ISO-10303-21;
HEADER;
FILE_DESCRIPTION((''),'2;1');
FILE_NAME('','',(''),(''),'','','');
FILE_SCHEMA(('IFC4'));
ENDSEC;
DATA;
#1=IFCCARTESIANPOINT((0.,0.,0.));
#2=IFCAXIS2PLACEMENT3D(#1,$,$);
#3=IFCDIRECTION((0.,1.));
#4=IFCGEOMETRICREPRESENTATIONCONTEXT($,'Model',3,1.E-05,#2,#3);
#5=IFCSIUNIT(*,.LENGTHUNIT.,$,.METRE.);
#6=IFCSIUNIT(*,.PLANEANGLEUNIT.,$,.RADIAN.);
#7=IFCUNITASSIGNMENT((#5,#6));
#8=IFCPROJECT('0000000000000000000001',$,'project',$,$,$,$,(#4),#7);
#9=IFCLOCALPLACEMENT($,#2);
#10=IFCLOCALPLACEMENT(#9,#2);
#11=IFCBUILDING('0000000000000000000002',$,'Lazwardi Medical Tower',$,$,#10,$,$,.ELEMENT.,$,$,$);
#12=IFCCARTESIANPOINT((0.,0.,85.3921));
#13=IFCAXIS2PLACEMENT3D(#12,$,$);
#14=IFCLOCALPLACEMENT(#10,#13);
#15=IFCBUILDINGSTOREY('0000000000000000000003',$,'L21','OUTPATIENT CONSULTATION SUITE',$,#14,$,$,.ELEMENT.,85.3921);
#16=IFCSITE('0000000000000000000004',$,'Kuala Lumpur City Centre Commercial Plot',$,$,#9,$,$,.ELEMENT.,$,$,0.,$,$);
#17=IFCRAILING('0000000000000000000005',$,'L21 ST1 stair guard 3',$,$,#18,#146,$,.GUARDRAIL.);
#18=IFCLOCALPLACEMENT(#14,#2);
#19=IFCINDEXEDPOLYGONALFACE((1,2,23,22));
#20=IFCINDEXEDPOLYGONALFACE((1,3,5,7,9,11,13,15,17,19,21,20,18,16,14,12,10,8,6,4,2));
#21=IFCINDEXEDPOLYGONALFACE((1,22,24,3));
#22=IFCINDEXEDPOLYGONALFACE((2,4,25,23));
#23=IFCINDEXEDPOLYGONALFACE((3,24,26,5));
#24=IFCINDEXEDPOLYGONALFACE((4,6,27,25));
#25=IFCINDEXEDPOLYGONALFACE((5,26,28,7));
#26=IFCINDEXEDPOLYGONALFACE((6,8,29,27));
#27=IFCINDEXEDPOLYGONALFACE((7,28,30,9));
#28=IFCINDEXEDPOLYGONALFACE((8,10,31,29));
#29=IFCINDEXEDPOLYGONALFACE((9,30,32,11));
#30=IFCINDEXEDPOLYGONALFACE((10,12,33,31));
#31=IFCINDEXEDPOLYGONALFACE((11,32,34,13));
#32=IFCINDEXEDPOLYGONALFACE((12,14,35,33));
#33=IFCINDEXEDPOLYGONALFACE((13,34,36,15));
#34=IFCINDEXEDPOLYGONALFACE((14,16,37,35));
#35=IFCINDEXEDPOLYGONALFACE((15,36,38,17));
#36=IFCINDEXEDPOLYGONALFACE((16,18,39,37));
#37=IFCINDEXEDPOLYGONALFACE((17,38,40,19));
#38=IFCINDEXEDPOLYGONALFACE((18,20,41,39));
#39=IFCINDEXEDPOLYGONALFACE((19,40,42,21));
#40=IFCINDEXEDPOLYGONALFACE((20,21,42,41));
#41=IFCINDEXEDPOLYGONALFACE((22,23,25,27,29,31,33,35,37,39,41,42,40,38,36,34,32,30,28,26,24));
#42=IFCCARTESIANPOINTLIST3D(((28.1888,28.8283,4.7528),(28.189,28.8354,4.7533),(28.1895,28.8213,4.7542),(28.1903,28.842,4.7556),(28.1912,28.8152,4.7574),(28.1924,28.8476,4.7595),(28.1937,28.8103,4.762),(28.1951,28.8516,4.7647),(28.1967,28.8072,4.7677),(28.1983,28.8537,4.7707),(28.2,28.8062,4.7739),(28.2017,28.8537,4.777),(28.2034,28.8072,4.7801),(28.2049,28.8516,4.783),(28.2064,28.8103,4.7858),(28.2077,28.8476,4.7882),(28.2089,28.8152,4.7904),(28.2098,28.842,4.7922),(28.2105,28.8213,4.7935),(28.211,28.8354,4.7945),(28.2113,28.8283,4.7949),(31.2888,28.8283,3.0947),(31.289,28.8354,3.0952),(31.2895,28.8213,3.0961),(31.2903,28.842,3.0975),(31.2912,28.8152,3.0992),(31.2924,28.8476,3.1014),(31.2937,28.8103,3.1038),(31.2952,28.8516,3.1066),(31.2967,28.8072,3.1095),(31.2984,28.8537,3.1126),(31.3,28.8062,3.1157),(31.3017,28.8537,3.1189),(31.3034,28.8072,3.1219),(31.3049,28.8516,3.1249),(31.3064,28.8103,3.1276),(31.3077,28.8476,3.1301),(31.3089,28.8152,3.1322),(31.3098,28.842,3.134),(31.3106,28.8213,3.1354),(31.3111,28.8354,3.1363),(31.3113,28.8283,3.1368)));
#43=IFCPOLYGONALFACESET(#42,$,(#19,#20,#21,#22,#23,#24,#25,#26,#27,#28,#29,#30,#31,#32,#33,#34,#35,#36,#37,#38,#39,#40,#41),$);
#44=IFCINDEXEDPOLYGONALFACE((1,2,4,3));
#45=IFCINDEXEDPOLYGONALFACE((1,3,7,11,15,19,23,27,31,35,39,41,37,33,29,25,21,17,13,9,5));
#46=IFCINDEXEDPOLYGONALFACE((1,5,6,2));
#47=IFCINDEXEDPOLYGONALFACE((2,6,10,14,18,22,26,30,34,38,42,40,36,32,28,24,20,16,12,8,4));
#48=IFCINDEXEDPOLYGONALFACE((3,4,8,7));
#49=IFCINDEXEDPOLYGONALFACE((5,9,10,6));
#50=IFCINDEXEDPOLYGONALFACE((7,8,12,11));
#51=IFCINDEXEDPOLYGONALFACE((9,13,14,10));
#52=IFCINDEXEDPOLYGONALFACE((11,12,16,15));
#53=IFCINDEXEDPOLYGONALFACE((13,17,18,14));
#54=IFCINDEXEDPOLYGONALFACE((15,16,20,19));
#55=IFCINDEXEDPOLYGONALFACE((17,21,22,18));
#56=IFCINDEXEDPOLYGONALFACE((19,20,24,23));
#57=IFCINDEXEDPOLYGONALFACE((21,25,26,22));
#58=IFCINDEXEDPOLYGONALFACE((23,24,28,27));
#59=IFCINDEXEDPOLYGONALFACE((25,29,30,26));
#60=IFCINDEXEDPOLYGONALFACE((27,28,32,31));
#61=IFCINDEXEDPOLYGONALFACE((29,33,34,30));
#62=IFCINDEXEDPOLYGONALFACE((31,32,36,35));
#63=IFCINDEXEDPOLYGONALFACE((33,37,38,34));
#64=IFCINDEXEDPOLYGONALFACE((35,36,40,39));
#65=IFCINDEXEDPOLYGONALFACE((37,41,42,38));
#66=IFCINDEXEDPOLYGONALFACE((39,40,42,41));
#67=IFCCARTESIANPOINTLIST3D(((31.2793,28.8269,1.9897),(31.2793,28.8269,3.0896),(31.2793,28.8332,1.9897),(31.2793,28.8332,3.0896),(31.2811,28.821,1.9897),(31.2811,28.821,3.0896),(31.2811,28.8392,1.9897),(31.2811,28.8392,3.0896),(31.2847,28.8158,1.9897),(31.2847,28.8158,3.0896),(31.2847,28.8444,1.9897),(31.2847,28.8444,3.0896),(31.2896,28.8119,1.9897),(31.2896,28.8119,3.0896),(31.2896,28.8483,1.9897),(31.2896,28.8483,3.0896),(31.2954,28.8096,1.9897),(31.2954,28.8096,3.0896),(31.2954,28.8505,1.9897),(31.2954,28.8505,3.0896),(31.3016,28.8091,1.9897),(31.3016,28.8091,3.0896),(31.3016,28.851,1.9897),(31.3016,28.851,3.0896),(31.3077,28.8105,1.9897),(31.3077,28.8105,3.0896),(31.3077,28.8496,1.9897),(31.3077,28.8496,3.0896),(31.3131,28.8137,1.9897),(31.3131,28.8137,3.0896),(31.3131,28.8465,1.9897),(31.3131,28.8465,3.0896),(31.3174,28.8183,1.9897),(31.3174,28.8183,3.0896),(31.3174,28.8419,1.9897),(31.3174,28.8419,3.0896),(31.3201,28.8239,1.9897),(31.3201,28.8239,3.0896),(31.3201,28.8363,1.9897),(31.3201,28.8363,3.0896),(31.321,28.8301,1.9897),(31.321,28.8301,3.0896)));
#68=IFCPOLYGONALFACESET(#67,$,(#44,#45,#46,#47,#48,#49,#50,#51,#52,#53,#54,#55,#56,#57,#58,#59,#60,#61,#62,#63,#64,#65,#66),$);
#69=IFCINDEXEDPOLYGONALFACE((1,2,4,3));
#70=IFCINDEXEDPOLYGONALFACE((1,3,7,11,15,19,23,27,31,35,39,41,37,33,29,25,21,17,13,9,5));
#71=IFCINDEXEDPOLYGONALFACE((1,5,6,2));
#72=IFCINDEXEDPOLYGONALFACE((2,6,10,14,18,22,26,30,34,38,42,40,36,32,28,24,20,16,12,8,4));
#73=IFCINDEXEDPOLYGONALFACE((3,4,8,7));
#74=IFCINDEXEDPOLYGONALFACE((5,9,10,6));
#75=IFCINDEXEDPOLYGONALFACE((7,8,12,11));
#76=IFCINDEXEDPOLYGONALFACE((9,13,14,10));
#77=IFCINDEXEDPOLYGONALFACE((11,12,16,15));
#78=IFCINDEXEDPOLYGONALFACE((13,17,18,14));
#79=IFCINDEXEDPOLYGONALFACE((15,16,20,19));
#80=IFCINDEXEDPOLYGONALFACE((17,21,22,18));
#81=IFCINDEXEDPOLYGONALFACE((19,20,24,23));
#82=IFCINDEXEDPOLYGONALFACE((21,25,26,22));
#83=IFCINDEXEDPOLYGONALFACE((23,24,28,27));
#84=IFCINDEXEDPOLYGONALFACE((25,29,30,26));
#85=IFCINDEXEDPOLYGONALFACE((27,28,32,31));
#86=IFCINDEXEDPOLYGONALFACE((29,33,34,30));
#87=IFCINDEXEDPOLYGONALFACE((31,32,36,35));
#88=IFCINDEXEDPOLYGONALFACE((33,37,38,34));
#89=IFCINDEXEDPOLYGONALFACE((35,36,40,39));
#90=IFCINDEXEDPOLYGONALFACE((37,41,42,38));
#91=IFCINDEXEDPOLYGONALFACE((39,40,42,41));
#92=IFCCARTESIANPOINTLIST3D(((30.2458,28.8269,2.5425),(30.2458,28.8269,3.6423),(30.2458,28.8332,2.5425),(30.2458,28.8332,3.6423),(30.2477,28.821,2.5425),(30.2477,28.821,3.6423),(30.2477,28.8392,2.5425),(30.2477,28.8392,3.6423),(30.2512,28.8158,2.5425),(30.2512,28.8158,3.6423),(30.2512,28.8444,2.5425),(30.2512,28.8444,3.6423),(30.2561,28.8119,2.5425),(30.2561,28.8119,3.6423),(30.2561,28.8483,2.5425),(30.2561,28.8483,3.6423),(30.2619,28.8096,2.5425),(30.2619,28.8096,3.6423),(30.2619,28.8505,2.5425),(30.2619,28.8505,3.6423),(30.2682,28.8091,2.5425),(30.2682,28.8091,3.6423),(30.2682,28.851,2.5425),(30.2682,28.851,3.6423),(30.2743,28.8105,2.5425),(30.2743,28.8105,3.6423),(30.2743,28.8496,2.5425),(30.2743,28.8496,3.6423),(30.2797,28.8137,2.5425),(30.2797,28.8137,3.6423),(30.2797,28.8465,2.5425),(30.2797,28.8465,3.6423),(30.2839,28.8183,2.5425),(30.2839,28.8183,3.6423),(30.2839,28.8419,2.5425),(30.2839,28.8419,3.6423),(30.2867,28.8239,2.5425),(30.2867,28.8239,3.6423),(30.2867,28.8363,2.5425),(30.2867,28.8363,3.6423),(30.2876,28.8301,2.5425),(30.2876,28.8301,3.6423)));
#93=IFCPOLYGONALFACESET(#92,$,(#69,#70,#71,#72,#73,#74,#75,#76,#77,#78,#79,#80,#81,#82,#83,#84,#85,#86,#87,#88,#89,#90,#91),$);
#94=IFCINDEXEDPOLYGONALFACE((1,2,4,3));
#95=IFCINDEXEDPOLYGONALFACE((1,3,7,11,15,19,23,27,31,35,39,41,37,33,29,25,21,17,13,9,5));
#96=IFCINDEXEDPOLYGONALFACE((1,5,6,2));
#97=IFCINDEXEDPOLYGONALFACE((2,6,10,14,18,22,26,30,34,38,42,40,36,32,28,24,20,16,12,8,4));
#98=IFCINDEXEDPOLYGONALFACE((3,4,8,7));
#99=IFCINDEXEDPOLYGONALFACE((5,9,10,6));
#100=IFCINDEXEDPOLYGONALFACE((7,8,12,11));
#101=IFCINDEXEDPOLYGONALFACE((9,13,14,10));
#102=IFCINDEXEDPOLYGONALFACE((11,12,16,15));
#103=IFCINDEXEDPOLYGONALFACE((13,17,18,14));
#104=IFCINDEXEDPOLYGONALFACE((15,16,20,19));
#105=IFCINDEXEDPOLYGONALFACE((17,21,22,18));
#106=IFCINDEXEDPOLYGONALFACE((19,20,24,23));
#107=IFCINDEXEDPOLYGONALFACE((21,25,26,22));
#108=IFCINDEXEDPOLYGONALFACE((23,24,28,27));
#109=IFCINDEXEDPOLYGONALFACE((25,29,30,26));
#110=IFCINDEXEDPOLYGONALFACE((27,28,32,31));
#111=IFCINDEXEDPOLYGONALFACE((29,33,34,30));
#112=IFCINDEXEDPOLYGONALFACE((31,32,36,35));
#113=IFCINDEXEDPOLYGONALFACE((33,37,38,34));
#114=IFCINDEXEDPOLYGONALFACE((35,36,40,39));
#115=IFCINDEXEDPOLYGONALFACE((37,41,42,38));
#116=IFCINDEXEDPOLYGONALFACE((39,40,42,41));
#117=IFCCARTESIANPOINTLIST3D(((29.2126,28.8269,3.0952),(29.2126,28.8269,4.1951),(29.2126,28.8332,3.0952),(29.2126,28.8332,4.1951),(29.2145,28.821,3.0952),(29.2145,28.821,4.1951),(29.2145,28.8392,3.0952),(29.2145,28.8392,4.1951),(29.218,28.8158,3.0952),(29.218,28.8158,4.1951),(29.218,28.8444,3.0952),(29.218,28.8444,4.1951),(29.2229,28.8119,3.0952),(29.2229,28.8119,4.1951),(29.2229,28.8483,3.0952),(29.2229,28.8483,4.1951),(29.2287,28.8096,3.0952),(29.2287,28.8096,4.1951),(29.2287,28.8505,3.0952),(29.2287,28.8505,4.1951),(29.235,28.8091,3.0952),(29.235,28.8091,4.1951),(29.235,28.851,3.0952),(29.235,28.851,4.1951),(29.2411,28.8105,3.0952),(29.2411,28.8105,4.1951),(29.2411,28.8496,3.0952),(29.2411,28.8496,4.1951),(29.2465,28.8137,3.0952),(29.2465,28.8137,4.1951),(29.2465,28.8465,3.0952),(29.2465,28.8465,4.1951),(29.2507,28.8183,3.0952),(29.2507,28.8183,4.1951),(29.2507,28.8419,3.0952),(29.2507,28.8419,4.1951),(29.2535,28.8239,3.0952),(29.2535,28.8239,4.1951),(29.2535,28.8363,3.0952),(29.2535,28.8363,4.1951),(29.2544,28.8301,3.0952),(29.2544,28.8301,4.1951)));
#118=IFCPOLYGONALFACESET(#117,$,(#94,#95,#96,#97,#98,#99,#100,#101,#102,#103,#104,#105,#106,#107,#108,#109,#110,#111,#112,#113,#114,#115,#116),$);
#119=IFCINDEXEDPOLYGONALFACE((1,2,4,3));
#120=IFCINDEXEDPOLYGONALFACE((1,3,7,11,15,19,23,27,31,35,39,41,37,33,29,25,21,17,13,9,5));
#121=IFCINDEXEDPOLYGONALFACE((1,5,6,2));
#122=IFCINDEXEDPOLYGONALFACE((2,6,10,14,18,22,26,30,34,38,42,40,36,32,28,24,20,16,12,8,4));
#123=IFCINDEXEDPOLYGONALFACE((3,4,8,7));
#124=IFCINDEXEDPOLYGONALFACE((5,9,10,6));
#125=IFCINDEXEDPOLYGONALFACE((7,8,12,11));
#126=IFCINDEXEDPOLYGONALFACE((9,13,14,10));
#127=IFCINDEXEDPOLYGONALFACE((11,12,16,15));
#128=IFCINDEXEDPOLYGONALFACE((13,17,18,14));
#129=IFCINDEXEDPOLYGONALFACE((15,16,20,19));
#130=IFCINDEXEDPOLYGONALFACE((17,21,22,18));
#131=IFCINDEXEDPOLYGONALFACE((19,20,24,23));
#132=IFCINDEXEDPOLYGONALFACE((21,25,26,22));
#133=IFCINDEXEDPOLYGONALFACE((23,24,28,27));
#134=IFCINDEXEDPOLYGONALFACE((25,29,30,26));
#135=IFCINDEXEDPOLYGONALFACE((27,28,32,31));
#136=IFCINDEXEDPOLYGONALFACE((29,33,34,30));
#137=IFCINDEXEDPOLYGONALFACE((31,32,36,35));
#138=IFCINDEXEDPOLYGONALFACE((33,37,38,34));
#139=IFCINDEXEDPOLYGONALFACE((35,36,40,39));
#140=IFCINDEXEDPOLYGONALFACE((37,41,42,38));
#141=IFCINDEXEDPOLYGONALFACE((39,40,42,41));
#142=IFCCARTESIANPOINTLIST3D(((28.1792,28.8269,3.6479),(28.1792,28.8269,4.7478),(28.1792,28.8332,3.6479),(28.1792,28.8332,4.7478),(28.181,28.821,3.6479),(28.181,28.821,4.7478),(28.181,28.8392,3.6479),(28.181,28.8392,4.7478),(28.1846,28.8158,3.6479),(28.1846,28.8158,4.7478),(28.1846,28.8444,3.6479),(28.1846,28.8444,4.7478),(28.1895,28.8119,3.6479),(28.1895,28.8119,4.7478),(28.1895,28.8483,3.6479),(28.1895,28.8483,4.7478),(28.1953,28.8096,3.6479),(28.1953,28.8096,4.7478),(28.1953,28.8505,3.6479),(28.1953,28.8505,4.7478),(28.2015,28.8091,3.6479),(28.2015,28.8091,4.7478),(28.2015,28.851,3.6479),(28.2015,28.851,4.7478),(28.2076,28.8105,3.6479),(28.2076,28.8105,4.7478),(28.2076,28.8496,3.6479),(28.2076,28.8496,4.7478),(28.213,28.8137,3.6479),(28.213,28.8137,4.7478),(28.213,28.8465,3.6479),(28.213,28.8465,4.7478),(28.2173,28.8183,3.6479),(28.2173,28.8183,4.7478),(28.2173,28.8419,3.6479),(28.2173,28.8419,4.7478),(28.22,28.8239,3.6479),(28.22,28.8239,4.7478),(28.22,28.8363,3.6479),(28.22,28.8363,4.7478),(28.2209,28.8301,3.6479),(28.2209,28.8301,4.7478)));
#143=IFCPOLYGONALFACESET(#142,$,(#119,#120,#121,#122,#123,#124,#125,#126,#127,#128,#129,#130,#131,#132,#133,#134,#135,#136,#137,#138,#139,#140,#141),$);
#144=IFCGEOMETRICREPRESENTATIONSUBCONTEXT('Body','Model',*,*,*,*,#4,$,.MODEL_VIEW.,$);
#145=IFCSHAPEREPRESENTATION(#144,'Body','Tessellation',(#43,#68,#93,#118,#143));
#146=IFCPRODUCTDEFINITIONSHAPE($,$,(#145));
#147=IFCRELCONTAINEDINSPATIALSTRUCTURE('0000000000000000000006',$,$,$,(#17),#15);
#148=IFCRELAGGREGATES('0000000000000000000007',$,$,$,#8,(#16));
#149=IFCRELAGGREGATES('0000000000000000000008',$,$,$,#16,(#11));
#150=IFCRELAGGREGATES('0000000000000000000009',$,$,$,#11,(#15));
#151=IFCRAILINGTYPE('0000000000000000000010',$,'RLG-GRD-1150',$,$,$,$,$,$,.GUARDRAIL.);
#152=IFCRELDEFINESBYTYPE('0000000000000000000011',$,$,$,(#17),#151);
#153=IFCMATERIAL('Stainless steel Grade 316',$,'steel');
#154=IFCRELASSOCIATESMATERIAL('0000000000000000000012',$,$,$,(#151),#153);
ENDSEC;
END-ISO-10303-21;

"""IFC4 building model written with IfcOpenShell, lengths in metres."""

from ifc_helpers import new_model, si_unit, direction, frame, origin, origin_2d, place, context, subcontext, project, spatial, circle, extrude, material, type_object, element, save


model = new_model("IFC4")

# Units and contexts
model_context = context("Model", 3, precision=1e-05, world=origin(), true_north=direction((0.0, 1.0)))
body_context = subcontext(model_context, "Body", "Model", "MODEL_VIEW")
ifc_project = project(units=[si_unit("LENGTHUNIT", "METRE"), si_unit("PLANEANGLEUNIT", "RADIAN")], contexts=[model_context])

# Site, building, storey
site_placement = place(None, origin())
site = spatial("IfcSite", under=ifc_project, at=site_placement, Name="Kuala Lumpur City Centre Commercial Plot", CompositionType="ELEMENT", RefElevation=0.0)
building_placement = place(site_placement, origin())
building = spatial("IfcBuilding", under=site, at=building_placement, Name="Lazwardi Medical Tower", CompositionType="ELEMENT")
storey_placement = place(building_placement, frame((0.0, 0.0, 85.3921)))
storey = spatial("IfcBuildingStorey", under=building, at=storey_placement, Name="L21", Description="OUTPATIENT CONSULTATION SUITE", CompositionType="ELEMENT", Elevation=85.3921)

# Railing
ifc_material_1 = material(Name="Stainless steel Grade 316", Category="steel")
railing_type_1 = type_object("IfcRailingType", Name="RLG-GRD-1150", PredefinedType="GUARDRAIL", material=ifc_material_1)
railing_1_placement = place(storey_placement, frame((31.3, 28.8301, 1.9897)))
element("IfcRailing", 1, at=railing_1_placement, inside=storey, type_object=railing_type_1, Name="L21 ST1 stair guard 3", PredefinedType="GUARDRAIL", context=body_context, shape_type="SweptSolid", body=[
    extrude(circle(Radius=0.0239, at=origin_2d()), frame((0.0, 0.0, 1.126), z_axis=(-0.881783, 0.0, 0.471655), x_axis=(0.0, -1.0, 0.0)), (0.0, 0.0, 1.0), 3.5156),
    extrude(circle(Radius=0.021, at=origin_2d()), origin(), (0.0, 0.0, 1.0), 1.0999),
    extrude(circle(Radius=0.021, at=origin_2d()), frame((-1.0334, 0.0, 0.5527)), (0.0, 0.0, 1.0), 1.0999),
    extrude(circle(Radius=0.021, at=origin_2d()), frame((-2.0667, 0.0, 1.1055)), (0.0, 0.0, 1.0), 1.0999),
    extrude(circle(Radius=0.021, at=origin_2d()), frame((-3.1001, 0.0, 1.6582)), (0.0, 0.0, 1.0), 1.0999),
])

save(model, "model.ifc")
